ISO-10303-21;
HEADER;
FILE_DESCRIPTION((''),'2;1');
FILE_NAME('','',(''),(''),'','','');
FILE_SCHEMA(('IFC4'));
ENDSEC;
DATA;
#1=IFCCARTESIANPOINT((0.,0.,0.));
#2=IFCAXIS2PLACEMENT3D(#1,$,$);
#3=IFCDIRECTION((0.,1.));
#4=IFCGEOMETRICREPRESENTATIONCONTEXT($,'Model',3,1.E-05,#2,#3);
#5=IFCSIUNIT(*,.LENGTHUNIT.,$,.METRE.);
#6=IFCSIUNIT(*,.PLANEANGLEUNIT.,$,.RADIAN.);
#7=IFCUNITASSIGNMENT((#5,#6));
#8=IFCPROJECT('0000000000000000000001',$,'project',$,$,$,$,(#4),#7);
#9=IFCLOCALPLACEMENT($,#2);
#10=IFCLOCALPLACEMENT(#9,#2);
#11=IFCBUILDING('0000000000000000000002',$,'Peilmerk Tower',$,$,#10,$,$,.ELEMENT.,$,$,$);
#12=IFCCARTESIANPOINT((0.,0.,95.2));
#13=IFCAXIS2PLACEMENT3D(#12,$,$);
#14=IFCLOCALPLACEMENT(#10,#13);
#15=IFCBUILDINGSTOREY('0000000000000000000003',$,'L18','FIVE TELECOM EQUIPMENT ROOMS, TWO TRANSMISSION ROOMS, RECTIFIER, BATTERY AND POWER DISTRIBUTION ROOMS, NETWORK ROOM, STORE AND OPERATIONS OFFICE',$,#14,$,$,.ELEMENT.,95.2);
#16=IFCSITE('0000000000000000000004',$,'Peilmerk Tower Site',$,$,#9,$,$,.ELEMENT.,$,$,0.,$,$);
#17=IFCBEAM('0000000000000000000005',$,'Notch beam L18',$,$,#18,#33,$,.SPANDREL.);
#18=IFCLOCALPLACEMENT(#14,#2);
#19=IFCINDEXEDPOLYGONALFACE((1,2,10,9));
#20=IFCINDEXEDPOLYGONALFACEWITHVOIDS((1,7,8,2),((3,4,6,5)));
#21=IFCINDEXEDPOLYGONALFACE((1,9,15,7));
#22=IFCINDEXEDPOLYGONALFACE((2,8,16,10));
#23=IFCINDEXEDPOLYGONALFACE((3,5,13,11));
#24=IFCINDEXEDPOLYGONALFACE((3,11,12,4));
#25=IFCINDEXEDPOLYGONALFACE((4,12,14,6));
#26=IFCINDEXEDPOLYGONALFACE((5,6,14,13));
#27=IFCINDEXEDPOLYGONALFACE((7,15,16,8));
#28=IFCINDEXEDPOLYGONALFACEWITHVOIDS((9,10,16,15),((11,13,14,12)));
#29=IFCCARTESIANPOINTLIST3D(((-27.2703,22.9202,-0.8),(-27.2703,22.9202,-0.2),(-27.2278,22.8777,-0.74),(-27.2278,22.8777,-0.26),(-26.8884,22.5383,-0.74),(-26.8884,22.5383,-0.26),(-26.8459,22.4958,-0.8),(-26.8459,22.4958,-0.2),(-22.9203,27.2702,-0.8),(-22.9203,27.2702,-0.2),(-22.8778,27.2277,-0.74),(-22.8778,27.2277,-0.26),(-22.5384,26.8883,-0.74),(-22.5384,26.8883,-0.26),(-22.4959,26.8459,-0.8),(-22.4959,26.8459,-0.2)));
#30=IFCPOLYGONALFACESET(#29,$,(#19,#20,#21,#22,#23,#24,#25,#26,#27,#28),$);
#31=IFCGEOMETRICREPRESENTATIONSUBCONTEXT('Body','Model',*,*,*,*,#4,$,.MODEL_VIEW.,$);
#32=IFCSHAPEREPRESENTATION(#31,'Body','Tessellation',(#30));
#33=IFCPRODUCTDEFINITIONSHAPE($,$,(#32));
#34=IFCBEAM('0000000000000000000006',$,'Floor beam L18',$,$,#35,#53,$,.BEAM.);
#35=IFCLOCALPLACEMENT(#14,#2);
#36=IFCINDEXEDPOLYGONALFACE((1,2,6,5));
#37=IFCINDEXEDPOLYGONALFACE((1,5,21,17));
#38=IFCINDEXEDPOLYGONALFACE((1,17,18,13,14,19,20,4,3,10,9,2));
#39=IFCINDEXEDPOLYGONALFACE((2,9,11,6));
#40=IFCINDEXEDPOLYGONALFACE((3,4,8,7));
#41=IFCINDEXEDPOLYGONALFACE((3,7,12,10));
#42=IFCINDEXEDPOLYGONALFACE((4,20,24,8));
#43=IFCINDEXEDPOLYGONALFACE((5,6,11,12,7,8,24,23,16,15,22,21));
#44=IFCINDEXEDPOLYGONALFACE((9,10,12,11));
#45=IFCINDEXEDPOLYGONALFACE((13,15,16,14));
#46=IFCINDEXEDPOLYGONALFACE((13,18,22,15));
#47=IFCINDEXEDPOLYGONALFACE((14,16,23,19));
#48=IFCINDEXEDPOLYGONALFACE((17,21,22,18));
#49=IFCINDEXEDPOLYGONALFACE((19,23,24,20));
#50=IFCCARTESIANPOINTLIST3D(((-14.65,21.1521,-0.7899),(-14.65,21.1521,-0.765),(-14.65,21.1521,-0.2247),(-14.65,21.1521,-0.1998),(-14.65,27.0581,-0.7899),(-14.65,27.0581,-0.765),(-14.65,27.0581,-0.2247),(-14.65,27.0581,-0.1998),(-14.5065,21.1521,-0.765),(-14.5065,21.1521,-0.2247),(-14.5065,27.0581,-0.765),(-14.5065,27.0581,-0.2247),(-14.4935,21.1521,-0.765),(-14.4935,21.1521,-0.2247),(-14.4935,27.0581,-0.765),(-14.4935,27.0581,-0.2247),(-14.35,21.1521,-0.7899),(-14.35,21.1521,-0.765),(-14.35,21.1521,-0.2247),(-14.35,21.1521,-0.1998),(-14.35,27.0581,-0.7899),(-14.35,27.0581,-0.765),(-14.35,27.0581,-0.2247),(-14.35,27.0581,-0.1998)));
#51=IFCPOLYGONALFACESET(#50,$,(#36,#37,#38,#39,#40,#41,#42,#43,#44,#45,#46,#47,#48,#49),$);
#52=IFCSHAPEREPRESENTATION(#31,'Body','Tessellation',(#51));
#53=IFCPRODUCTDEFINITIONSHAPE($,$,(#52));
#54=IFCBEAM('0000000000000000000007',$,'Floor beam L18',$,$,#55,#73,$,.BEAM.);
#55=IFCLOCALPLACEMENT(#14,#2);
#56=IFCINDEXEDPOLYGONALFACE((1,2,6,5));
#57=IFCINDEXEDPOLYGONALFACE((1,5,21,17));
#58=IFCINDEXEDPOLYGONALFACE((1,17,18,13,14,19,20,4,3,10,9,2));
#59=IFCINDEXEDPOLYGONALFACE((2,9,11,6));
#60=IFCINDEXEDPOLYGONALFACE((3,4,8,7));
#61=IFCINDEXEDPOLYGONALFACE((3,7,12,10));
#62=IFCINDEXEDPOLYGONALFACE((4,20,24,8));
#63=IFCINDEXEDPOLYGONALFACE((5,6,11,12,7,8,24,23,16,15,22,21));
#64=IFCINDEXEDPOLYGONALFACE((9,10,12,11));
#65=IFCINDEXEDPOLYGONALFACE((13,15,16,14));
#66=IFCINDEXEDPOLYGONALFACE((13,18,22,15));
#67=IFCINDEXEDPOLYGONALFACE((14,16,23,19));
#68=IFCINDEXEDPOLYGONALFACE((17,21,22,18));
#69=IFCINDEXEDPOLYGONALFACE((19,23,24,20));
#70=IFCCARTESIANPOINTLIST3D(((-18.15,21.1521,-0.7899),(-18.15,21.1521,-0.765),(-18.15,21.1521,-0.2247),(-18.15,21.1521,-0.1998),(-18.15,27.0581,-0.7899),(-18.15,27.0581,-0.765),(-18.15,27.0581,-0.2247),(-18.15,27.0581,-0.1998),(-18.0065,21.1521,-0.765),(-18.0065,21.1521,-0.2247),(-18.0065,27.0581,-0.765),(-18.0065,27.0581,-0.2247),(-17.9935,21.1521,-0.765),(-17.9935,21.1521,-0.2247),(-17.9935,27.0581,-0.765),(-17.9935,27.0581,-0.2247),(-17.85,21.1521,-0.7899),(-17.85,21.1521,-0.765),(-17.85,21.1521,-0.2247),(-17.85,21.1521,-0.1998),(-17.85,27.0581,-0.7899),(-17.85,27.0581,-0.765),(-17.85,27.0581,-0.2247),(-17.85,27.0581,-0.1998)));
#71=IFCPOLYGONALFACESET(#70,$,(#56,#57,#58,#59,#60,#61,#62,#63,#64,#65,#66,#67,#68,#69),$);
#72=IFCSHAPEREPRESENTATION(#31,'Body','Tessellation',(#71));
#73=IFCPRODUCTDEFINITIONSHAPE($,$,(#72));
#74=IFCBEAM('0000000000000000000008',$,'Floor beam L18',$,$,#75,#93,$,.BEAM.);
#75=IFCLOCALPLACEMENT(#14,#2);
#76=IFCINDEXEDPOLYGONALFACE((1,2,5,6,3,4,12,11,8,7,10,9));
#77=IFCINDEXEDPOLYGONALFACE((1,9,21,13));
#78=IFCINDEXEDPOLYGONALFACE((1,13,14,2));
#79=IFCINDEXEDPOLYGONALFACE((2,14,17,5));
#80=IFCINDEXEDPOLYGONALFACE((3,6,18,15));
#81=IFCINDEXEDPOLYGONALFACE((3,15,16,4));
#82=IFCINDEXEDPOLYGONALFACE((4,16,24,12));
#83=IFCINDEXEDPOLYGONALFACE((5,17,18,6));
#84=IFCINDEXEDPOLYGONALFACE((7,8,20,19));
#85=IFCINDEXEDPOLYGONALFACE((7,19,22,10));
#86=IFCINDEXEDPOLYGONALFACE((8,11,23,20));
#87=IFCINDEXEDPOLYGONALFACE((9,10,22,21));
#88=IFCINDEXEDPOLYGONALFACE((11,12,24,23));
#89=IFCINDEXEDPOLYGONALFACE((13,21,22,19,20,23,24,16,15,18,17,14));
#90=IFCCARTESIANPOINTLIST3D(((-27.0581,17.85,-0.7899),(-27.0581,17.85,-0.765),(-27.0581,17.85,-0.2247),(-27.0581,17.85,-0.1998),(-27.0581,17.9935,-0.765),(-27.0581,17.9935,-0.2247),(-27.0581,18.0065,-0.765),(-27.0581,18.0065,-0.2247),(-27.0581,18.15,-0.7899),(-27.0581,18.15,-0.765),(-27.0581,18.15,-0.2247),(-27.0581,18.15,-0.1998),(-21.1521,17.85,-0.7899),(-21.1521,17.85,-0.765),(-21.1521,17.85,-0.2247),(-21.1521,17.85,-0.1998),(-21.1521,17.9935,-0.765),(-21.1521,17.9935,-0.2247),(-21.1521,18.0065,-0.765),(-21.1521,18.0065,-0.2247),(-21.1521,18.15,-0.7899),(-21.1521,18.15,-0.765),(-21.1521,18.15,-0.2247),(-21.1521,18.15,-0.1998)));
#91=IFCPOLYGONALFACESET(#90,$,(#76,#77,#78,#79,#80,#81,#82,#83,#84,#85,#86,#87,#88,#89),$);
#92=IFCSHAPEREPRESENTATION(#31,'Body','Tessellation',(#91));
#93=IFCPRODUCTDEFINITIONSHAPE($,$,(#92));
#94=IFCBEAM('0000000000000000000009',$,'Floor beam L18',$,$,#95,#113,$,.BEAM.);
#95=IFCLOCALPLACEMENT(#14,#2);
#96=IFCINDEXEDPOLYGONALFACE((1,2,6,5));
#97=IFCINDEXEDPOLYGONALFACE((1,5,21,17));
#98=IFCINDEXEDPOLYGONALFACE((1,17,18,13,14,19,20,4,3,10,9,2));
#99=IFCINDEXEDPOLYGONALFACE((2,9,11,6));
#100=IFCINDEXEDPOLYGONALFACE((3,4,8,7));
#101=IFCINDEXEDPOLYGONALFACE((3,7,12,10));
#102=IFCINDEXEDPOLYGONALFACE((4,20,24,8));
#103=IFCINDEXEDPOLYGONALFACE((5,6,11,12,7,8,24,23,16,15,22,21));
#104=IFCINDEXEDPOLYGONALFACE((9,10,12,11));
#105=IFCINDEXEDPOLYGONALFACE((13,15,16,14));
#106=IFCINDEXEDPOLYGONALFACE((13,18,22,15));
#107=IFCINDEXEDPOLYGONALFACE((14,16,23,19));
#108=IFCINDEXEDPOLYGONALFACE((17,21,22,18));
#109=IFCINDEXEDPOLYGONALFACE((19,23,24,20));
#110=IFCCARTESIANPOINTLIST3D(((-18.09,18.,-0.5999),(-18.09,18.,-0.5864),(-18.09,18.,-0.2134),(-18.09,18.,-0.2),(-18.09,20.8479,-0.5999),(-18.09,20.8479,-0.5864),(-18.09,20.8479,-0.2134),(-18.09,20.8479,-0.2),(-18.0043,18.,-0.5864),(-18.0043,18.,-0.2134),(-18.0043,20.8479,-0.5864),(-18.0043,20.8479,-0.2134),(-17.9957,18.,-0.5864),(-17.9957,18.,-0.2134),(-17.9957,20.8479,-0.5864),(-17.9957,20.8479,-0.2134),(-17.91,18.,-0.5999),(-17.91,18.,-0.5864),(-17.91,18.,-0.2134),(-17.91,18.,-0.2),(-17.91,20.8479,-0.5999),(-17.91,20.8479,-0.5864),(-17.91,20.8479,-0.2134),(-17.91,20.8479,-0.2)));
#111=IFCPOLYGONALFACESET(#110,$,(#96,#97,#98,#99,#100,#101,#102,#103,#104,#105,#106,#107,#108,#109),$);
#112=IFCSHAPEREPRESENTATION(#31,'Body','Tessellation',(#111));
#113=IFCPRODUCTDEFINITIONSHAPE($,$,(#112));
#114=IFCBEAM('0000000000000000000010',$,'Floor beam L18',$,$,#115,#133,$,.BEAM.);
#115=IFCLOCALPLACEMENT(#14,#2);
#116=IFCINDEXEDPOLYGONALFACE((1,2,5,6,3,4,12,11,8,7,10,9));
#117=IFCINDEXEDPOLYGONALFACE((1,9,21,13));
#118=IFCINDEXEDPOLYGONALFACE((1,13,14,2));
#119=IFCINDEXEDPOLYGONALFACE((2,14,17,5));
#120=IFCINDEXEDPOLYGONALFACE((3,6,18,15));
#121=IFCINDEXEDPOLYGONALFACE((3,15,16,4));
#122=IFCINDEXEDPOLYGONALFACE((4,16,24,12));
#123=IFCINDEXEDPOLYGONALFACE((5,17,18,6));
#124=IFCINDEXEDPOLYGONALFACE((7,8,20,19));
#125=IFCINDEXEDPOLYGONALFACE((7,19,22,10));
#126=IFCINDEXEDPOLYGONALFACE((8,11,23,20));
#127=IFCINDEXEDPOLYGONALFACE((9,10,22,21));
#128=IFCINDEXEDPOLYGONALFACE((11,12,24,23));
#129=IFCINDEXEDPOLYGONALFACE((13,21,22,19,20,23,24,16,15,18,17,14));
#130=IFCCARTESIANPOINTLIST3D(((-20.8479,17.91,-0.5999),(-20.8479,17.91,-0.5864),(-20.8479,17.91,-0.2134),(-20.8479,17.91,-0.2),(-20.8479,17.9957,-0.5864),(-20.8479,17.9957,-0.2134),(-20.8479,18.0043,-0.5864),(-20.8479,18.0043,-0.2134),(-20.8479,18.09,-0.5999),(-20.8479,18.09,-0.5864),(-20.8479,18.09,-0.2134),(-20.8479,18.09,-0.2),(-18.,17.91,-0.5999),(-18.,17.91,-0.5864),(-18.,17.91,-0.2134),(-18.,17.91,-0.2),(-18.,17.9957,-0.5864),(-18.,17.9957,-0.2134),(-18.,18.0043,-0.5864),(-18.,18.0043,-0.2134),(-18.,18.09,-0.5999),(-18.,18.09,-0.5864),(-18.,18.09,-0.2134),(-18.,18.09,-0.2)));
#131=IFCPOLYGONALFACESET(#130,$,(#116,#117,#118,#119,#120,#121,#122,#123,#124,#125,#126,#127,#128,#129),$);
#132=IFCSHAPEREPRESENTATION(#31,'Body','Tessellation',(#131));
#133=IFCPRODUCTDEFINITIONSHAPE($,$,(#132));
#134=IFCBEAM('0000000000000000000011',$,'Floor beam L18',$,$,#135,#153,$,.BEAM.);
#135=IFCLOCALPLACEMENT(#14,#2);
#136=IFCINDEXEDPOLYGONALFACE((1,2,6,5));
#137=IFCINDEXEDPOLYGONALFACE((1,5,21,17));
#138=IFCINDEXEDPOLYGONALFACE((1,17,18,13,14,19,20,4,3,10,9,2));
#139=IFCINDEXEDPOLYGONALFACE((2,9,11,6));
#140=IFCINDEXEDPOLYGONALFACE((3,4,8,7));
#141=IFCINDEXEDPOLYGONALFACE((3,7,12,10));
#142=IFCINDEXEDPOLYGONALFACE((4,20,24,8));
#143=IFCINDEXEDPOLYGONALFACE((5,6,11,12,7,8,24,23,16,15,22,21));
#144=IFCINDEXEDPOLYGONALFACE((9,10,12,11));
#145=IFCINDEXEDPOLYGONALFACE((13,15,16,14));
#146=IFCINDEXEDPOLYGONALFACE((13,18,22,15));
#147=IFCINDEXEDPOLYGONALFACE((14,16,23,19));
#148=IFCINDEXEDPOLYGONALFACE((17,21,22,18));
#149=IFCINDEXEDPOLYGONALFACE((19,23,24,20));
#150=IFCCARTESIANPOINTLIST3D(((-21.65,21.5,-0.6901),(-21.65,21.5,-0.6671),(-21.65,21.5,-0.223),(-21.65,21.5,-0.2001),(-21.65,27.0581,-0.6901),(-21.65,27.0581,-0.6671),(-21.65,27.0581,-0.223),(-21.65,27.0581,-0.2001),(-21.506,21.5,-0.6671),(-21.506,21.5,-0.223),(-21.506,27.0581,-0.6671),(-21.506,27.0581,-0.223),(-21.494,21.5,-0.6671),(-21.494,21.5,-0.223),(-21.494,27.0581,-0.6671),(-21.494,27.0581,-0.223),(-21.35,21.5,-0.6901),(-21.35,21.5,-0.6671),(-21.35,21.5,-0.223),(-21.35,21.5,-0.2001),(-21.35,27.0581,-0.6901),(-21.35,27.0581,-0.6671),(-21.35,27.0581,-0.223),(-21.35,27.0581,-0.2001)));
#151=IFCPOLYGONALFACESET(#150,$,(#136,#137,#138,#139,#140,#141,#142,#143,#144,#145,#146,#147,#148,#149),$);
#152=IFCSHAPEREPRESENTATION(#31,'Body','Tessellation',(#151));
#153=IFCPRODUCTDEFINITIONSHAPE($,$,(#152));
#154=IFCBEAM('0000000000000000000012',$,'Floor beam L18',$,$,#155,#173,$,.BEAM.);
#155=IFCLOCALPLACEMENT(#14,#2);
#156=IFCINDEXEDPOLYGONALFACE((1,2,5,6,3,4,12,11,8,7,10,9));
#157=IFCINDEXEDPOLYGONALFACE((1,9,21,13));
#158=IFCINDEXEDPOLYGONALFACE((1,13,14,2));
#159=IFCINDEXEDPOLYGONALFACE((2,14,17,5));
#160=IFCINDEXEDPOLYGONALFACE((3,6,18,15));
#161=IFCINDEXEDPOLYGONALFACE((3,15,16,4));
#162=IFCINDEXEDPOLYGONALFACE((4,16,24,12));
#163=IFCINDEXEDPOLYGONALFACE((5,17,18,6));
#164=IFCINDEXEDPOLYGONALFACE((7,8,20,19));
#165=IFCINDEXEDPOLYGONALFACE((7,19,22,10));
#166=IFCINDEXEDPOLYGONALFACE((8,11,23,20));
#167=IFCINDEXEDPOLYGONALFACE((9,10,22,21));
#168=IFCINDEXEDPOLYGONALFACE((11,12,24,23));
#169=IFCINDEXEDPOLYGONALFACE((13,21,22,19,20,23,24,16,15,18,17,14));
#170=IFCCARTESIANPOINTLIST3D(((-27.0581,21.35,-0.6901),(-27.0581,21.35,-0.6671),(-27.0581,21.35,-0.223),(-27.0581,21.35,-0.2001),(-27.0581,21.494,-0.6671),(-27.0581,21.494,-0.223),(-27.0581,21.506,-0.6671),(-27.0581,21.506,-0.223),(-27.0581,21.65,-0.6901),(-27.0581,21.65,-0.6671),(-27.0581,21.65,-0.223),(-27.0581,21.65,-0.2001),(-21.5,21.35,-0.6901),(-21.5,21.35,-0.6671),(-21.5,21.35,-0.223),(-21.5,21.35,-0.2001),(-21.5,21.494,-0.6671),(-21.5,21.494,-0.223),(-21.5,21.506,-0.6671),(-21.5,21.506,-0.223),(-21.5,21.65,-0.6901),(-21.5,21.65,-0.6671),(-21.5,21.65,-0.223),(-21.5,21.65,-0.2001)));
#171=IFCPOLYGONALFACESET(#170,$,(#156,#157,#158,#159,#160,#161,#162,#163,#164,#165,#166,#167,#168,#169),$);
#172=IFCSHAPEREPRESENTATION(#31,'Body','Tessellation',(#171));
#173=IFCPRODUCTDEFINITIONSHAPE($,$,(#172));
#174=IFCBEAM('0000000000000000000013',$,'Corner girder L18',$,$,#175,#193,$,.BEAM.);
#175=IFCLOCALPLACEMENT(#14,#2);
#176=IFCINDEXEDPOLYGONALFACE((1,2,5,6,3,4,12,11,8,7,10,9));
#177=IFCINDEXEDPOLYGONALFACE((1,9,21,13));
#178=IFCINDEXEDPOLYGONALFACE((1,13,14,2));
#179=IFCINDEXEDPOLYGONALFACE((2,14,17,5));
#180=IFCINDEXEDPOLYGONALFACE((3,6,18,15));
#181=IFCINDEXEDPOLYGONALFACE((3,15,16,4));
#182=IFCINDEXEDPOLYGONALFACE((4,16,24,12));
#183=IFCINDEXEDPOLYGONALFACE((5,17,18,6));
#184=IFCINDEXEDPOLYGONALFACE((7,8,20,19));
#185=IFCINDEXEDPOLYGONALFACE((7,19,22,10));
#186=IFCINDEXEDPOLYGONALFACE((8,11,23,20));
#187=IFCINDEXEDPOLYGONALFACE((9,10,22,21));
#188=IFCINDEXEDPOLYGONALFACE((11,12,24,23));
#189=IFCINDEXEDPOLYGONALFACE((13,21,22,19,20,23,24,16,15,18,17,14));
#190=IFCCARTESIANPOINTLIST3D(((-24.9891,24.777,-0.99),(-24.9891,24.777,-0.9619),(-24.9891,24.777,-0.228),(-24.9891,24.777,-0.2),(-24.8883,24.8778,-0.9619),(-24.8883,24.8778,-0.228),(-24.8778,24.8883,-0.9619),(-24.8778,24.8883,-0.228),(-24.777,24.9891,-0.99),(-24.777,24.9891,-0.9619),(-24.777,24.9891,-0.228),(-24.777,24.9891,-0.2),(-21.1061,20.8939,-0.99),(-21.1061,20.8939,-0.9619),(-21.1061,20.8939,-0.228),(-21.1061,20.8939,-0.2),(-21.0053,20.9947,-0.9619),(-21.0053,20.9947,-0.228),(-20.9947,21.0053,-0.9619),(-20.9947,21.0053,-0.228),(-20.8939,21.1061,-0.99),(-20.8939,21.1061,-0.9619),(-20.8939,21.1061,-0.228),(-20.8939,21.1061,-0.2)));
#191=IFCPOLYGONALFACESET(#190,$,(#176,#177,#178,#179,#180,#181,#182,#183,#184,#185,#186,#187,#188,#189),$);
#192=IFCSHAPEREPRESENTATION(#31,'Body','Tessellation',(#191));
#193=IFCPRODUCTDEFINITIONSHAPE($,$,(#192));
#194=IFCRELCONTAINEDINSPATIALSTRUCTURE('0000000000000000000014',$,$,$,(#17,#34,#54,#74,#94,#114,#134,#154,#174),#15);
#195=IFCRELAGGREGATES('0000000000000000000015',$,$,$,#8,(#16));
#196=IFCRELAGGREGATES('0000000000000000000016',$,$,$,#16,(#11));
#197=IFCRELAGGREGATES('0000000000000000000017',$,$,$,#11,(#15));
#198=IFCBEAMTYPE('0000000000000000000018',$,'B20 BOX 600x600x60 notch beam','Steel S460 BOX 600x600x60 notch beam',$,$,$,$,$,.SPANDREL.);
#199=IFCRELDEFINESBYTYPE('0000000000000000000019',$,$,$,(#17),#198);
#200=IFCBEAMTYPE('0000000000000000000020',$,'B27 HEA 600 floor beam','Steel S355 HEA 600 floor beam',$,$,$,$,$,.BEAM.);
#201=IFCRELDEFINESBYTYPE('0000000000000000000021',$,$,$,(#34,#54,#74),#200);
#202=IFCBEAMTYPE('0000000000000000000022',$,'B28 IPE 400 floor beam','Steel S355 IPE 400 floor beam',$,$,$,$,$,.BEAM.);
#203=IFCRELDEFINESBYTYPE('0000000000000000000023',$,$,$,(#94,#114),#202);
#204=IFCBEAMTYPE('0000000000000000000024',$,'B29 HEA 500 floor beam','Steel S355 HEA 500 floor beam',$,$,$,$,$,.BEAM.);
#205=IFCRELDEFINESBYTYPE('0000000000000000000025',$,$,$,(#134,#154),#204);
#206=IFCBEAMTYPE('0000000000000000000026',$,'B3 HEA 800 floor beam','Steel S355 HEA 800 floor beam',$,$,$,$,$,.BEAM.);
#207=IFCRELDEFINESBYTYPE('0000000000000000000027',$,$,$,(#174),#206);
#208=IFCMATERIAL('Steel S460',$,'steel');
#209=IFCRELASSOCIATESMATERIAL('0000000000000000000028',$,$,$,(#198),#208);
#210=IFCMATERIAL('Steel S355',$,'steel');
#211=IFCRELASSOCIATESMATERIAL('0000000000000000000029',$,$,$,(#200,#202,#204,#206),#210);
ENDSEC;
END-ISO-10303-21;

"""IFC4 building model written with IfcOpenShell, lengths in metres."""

from ifc_helpers import new_model, si_unit, direction, frame, origin, origin_2d, place, context, subcontext, project, spatial, hollow_rectangle, i_section, extrude, material, material_profile, profile_set, type_object, element, save


model = new_model("IFC4")

# Units and contexts
model_context = context("Model", 3, precision=1e-05, world=origin(), true_north=direction((0.0, 1.0)))
body_context = subcontext(model_context, "Body", "Model", "MODEL_VIEW")
ifc_project = project(units=[si_unit("LENGTHUNIT", "METRE"), si_unit("PLANEANGLEUNIT", "RADIAN")], contexts=[model_context])

# Site, building, storey
site_placement = place(None, origin())
site = spatial("IfcSite", under=ifc_project, at=site_placement, Name="Peilmerk Tower Site", CompositionType="ELEMENT", RefElevation=0.0)
building_placement = place(site_placement, origin())
building = spatial("IfcBuilding", under=site, at=building_placement, Name="Peilmerk Tower", CompositionType="ELEMENT")
storey_placement = place(building_placement, frame((0.0, 0.0, 95.2)))
storey = spatial("IfcBuildingStorey", under=building, at=storey_placement, Name="L18", Description="FIVE TELECOM EQUIPMENT ROOMS, TWO TRANSMISSION ROOMS, RECTIFIER, BATTERY AND POWER DISTRIBUTION ROOMS, NETWORK ROOM, STORE AND OPERATIONS OFFICE", CompositionType="ELEMENT", Elevation=95.2)

# Shared definitions
ifc_material_1 = material(Name="Steel S460", Category="steel")

# Beams
ifc_material_2 = material(Name="Steel S355", Category="steel")
ifc_material_profile_1 = material_profile(ifc_material_1, hollow_rectangle(XDim=0.6001, YDim=0.6001, WallThickness=0.0601, at=origin_2d()), Name="BOX 600x600x60")
ifc_profile_set_1 = profile_set([ifc_material_profile_1], Name="Steel S460")
beam_type_1 = type_object("IfcBeamType", Name="B20 BOX 600x600x60 notch beam", Description="Steel S460 BOX 600x600x60 notch beam", PredefinedType="SPANDREL", material=ifc_profile_set_1)
beam_1_placement = place(storey_placement, frame((-27.0581, 22.708, -0.5), z_axis=(0.707107, 0.707107, 0.0), x_axis=(-0.707107, 0.707107, 0.0)))
element("IfcBeam", 1, at=beam_1_placement, inside=storey, type_object=beam_type_1, Name="Notch beam L18", PredefinedType="SPANDREL", context=body_context, shape_type="SweptSolid", body=[
    extrude(hollow_rectangle(XDim=0.6001, YDim=0.6001, WallThickness=0.0601, at=origin_2d()), origin(), (0.0, 0.0, 1.0), 6.1519),
])
ifc_material_profile_2 = material_profile(ifc_material_2, i_section(OverallWidth=0.3, OverallDepth=0.5901, WebThickness=0.0129, FlangeThickness=0.0249, at=origin_2d()), Name="HEA 600")
ifc_profile_set_2 = profile_set([ifc_material_profile_2], Name="Steel S355")
beam_type_2 = type_object("IfcBeamType", Name="B27 HEA 600 floor beam", Description="Steel S355 HEA 600 floor beam", PredefinedType="BEAM", material=ifc_profile_set_2)
for number, where, z_axis, x_axis, name in (
    (2, (-14.5, 21.1521, -0.4949), (0.0, 1.0, 0.0), (-1.0, 0.0, 0.0), "Floor beam L18"),
    (3, (-18.0, 21.1521, -0.4949), (0.0, 1.0, 0.0), (-1.0, 0.0, 0.0), "Floor beam L18"),
    (4, (-21.1521, 18.0, -0.4949), (-1.0, 0.0, 0.0), (0.0, -1.0, 0.0), "Floor beam L18"),
):
    element("IfcBeam", number, at=place(storey_placement, frame(where, z_axis=z_axis, x_axis=x_axis)), inside=storey, type_object=beam_type_2, Name=name, PredefinedType="BEAM", context=body_context, shape_type="SweptSolid", body=[
        extrude(i_section(OverallWidth=0.3, OverallDepth=0.5901, WebThickness=0.0129, FlangeThickness=0.0249, at=origin_2d()), origin(), (0.0, 0.0, 1.0), 5.906),
    ])
ifc_material_profile_3 = material_profile(ifc_material_2, i_section(OverallWidth=0.1799, OverallDepth=0.3999, WebThickness=0.0085, FlangeThickness=0.0134, at=origin_2d()), Name="IPE 400")
ifc_profile_set_3 = profile_set([ifc_material_profile_3], Name="Steel S355")
beam_type_3 = type_object("IfcBeamType", Name="B28 IPE 400 floor beam", Description="Steel S355 IPE 400 floor beam", PredefinedType="BEAM", material=ifc_profile_set_3)
for number, where, z_axis, x_axis, name in (
    (5, (-18.0, 18.0, -0.3999), (0.0, 1.0, 0.0), (-1.0, 0.0, 0.0), "Floor beam L18"),
    (6, (-18.0, 18.0, -0.3999), (-1.0, 0.0, 0.0), (0.0, -1.0, 0.0), "Floor beam L18"),
):
    element("IfcBeam", number, at=place(storey_placement, frame(where, z_axis=z_axis, x_axis=x_axis)), inside=storey, type_object=beam_type_3, Name=name, PredefinedType="BEAM", context=body_context, shape_type="SweptSolid", body=[
        extrude(i_section(OverallWidth=0.1799, OverallDepth=0.3999, WebThickness=0.0085, FlangeThickness=0.0134, at=origin_2d()), origin(), (0.0, 0.0, 1.0), 2.8479),
    ])
ifc_material_profile_4 = material_profile(ifc_material_2, i_section(OverallWidth=0.3, OverallDepth=0.49, WebThickness=0.012, FlangeThickness=0.0229, at=origin_2d()), Name="HEA 500")
ifc_profile_set_4 = profile_set([ifc_material_profile_4], Name="Steel S355")
beam_type_4 = type_object("IfcBeamType", Name="B29 HEA 500 floor beam", Description="Steel S355 HEA 500 floor beam", PredefinedType="BEAM", material=ifc_profile_set_4)
for number, where, z_axis, x_axis, name in (
    (7, (-21.5, 21.5, -0.4451), (0.0, 1.0, 0.0), (-1.0, 0.0, 0.0), "Floor beam L18"),
    (8, (-21.5, 21.5, -0.4451), (-1.0, 0.0, 0.0), (0.0, -1.0, 0.0), "Floor beam L18"),
):
    element("IfcBeam", number, at=place(storey_placement, frame(where, z_axis=z_axis, x_axis=x_axis)), inside=storey, type_object=beam_type_4, Name=name, PredefinedType="BEAM", context=body_context, shape_type="SweptSolid", body=[
        extrude(i_section(OverallWidth=0.3, OverallDepth=0.49, WebThickness=0.012, FlangeThickness=0.0229, at=origin_2d()), origin(), (0.0, 0.0, 1.0), 5.5581),
    ])
ifc_material_profile_5 = material_profile(ifc_material_2, i_section(OverallWidth=0.3, OverallDepth=0.79, WebThickness=0.0149, FlangeThickness=0.0281, at=origin_2d()), Name="HEA 800")
ifc_profile_set_5 = profile_set([ifc_material_profile_5], Name="Steel S355")
beam_type_5 = type_object("IfcBeamType", Name="B3 HEA 800 floor beam", Description="Steel S355 HEA 800 floor beam", PredefinedType="BEAM", material=ifc_profile_set_5)
beam_2_placement = place(storey_placement, frame((-21.0, 21.0, -0.595), z_axis=(-0.707107, 0.707107, 0.0), x_axis=(-0.707107, -0.707107, 0.0)))
element("IfcBeam", 9, at=beam_2_placement, inside=storey, type_object=beam_type_5, Name="Corner girder L18", PredefinedType="BEAM", context=body_context, shape_type="SweptSolid", body=[
    extrude(i_section(OverallWidth=0.3, OverallDepth=0.79, WebThickness=0.0149, FlangeThickness=0.0281, at=origin_2d()), origin(), (0.0, 0.0, 1.0), 5.4915),
])

save(model, "model.ifc")
